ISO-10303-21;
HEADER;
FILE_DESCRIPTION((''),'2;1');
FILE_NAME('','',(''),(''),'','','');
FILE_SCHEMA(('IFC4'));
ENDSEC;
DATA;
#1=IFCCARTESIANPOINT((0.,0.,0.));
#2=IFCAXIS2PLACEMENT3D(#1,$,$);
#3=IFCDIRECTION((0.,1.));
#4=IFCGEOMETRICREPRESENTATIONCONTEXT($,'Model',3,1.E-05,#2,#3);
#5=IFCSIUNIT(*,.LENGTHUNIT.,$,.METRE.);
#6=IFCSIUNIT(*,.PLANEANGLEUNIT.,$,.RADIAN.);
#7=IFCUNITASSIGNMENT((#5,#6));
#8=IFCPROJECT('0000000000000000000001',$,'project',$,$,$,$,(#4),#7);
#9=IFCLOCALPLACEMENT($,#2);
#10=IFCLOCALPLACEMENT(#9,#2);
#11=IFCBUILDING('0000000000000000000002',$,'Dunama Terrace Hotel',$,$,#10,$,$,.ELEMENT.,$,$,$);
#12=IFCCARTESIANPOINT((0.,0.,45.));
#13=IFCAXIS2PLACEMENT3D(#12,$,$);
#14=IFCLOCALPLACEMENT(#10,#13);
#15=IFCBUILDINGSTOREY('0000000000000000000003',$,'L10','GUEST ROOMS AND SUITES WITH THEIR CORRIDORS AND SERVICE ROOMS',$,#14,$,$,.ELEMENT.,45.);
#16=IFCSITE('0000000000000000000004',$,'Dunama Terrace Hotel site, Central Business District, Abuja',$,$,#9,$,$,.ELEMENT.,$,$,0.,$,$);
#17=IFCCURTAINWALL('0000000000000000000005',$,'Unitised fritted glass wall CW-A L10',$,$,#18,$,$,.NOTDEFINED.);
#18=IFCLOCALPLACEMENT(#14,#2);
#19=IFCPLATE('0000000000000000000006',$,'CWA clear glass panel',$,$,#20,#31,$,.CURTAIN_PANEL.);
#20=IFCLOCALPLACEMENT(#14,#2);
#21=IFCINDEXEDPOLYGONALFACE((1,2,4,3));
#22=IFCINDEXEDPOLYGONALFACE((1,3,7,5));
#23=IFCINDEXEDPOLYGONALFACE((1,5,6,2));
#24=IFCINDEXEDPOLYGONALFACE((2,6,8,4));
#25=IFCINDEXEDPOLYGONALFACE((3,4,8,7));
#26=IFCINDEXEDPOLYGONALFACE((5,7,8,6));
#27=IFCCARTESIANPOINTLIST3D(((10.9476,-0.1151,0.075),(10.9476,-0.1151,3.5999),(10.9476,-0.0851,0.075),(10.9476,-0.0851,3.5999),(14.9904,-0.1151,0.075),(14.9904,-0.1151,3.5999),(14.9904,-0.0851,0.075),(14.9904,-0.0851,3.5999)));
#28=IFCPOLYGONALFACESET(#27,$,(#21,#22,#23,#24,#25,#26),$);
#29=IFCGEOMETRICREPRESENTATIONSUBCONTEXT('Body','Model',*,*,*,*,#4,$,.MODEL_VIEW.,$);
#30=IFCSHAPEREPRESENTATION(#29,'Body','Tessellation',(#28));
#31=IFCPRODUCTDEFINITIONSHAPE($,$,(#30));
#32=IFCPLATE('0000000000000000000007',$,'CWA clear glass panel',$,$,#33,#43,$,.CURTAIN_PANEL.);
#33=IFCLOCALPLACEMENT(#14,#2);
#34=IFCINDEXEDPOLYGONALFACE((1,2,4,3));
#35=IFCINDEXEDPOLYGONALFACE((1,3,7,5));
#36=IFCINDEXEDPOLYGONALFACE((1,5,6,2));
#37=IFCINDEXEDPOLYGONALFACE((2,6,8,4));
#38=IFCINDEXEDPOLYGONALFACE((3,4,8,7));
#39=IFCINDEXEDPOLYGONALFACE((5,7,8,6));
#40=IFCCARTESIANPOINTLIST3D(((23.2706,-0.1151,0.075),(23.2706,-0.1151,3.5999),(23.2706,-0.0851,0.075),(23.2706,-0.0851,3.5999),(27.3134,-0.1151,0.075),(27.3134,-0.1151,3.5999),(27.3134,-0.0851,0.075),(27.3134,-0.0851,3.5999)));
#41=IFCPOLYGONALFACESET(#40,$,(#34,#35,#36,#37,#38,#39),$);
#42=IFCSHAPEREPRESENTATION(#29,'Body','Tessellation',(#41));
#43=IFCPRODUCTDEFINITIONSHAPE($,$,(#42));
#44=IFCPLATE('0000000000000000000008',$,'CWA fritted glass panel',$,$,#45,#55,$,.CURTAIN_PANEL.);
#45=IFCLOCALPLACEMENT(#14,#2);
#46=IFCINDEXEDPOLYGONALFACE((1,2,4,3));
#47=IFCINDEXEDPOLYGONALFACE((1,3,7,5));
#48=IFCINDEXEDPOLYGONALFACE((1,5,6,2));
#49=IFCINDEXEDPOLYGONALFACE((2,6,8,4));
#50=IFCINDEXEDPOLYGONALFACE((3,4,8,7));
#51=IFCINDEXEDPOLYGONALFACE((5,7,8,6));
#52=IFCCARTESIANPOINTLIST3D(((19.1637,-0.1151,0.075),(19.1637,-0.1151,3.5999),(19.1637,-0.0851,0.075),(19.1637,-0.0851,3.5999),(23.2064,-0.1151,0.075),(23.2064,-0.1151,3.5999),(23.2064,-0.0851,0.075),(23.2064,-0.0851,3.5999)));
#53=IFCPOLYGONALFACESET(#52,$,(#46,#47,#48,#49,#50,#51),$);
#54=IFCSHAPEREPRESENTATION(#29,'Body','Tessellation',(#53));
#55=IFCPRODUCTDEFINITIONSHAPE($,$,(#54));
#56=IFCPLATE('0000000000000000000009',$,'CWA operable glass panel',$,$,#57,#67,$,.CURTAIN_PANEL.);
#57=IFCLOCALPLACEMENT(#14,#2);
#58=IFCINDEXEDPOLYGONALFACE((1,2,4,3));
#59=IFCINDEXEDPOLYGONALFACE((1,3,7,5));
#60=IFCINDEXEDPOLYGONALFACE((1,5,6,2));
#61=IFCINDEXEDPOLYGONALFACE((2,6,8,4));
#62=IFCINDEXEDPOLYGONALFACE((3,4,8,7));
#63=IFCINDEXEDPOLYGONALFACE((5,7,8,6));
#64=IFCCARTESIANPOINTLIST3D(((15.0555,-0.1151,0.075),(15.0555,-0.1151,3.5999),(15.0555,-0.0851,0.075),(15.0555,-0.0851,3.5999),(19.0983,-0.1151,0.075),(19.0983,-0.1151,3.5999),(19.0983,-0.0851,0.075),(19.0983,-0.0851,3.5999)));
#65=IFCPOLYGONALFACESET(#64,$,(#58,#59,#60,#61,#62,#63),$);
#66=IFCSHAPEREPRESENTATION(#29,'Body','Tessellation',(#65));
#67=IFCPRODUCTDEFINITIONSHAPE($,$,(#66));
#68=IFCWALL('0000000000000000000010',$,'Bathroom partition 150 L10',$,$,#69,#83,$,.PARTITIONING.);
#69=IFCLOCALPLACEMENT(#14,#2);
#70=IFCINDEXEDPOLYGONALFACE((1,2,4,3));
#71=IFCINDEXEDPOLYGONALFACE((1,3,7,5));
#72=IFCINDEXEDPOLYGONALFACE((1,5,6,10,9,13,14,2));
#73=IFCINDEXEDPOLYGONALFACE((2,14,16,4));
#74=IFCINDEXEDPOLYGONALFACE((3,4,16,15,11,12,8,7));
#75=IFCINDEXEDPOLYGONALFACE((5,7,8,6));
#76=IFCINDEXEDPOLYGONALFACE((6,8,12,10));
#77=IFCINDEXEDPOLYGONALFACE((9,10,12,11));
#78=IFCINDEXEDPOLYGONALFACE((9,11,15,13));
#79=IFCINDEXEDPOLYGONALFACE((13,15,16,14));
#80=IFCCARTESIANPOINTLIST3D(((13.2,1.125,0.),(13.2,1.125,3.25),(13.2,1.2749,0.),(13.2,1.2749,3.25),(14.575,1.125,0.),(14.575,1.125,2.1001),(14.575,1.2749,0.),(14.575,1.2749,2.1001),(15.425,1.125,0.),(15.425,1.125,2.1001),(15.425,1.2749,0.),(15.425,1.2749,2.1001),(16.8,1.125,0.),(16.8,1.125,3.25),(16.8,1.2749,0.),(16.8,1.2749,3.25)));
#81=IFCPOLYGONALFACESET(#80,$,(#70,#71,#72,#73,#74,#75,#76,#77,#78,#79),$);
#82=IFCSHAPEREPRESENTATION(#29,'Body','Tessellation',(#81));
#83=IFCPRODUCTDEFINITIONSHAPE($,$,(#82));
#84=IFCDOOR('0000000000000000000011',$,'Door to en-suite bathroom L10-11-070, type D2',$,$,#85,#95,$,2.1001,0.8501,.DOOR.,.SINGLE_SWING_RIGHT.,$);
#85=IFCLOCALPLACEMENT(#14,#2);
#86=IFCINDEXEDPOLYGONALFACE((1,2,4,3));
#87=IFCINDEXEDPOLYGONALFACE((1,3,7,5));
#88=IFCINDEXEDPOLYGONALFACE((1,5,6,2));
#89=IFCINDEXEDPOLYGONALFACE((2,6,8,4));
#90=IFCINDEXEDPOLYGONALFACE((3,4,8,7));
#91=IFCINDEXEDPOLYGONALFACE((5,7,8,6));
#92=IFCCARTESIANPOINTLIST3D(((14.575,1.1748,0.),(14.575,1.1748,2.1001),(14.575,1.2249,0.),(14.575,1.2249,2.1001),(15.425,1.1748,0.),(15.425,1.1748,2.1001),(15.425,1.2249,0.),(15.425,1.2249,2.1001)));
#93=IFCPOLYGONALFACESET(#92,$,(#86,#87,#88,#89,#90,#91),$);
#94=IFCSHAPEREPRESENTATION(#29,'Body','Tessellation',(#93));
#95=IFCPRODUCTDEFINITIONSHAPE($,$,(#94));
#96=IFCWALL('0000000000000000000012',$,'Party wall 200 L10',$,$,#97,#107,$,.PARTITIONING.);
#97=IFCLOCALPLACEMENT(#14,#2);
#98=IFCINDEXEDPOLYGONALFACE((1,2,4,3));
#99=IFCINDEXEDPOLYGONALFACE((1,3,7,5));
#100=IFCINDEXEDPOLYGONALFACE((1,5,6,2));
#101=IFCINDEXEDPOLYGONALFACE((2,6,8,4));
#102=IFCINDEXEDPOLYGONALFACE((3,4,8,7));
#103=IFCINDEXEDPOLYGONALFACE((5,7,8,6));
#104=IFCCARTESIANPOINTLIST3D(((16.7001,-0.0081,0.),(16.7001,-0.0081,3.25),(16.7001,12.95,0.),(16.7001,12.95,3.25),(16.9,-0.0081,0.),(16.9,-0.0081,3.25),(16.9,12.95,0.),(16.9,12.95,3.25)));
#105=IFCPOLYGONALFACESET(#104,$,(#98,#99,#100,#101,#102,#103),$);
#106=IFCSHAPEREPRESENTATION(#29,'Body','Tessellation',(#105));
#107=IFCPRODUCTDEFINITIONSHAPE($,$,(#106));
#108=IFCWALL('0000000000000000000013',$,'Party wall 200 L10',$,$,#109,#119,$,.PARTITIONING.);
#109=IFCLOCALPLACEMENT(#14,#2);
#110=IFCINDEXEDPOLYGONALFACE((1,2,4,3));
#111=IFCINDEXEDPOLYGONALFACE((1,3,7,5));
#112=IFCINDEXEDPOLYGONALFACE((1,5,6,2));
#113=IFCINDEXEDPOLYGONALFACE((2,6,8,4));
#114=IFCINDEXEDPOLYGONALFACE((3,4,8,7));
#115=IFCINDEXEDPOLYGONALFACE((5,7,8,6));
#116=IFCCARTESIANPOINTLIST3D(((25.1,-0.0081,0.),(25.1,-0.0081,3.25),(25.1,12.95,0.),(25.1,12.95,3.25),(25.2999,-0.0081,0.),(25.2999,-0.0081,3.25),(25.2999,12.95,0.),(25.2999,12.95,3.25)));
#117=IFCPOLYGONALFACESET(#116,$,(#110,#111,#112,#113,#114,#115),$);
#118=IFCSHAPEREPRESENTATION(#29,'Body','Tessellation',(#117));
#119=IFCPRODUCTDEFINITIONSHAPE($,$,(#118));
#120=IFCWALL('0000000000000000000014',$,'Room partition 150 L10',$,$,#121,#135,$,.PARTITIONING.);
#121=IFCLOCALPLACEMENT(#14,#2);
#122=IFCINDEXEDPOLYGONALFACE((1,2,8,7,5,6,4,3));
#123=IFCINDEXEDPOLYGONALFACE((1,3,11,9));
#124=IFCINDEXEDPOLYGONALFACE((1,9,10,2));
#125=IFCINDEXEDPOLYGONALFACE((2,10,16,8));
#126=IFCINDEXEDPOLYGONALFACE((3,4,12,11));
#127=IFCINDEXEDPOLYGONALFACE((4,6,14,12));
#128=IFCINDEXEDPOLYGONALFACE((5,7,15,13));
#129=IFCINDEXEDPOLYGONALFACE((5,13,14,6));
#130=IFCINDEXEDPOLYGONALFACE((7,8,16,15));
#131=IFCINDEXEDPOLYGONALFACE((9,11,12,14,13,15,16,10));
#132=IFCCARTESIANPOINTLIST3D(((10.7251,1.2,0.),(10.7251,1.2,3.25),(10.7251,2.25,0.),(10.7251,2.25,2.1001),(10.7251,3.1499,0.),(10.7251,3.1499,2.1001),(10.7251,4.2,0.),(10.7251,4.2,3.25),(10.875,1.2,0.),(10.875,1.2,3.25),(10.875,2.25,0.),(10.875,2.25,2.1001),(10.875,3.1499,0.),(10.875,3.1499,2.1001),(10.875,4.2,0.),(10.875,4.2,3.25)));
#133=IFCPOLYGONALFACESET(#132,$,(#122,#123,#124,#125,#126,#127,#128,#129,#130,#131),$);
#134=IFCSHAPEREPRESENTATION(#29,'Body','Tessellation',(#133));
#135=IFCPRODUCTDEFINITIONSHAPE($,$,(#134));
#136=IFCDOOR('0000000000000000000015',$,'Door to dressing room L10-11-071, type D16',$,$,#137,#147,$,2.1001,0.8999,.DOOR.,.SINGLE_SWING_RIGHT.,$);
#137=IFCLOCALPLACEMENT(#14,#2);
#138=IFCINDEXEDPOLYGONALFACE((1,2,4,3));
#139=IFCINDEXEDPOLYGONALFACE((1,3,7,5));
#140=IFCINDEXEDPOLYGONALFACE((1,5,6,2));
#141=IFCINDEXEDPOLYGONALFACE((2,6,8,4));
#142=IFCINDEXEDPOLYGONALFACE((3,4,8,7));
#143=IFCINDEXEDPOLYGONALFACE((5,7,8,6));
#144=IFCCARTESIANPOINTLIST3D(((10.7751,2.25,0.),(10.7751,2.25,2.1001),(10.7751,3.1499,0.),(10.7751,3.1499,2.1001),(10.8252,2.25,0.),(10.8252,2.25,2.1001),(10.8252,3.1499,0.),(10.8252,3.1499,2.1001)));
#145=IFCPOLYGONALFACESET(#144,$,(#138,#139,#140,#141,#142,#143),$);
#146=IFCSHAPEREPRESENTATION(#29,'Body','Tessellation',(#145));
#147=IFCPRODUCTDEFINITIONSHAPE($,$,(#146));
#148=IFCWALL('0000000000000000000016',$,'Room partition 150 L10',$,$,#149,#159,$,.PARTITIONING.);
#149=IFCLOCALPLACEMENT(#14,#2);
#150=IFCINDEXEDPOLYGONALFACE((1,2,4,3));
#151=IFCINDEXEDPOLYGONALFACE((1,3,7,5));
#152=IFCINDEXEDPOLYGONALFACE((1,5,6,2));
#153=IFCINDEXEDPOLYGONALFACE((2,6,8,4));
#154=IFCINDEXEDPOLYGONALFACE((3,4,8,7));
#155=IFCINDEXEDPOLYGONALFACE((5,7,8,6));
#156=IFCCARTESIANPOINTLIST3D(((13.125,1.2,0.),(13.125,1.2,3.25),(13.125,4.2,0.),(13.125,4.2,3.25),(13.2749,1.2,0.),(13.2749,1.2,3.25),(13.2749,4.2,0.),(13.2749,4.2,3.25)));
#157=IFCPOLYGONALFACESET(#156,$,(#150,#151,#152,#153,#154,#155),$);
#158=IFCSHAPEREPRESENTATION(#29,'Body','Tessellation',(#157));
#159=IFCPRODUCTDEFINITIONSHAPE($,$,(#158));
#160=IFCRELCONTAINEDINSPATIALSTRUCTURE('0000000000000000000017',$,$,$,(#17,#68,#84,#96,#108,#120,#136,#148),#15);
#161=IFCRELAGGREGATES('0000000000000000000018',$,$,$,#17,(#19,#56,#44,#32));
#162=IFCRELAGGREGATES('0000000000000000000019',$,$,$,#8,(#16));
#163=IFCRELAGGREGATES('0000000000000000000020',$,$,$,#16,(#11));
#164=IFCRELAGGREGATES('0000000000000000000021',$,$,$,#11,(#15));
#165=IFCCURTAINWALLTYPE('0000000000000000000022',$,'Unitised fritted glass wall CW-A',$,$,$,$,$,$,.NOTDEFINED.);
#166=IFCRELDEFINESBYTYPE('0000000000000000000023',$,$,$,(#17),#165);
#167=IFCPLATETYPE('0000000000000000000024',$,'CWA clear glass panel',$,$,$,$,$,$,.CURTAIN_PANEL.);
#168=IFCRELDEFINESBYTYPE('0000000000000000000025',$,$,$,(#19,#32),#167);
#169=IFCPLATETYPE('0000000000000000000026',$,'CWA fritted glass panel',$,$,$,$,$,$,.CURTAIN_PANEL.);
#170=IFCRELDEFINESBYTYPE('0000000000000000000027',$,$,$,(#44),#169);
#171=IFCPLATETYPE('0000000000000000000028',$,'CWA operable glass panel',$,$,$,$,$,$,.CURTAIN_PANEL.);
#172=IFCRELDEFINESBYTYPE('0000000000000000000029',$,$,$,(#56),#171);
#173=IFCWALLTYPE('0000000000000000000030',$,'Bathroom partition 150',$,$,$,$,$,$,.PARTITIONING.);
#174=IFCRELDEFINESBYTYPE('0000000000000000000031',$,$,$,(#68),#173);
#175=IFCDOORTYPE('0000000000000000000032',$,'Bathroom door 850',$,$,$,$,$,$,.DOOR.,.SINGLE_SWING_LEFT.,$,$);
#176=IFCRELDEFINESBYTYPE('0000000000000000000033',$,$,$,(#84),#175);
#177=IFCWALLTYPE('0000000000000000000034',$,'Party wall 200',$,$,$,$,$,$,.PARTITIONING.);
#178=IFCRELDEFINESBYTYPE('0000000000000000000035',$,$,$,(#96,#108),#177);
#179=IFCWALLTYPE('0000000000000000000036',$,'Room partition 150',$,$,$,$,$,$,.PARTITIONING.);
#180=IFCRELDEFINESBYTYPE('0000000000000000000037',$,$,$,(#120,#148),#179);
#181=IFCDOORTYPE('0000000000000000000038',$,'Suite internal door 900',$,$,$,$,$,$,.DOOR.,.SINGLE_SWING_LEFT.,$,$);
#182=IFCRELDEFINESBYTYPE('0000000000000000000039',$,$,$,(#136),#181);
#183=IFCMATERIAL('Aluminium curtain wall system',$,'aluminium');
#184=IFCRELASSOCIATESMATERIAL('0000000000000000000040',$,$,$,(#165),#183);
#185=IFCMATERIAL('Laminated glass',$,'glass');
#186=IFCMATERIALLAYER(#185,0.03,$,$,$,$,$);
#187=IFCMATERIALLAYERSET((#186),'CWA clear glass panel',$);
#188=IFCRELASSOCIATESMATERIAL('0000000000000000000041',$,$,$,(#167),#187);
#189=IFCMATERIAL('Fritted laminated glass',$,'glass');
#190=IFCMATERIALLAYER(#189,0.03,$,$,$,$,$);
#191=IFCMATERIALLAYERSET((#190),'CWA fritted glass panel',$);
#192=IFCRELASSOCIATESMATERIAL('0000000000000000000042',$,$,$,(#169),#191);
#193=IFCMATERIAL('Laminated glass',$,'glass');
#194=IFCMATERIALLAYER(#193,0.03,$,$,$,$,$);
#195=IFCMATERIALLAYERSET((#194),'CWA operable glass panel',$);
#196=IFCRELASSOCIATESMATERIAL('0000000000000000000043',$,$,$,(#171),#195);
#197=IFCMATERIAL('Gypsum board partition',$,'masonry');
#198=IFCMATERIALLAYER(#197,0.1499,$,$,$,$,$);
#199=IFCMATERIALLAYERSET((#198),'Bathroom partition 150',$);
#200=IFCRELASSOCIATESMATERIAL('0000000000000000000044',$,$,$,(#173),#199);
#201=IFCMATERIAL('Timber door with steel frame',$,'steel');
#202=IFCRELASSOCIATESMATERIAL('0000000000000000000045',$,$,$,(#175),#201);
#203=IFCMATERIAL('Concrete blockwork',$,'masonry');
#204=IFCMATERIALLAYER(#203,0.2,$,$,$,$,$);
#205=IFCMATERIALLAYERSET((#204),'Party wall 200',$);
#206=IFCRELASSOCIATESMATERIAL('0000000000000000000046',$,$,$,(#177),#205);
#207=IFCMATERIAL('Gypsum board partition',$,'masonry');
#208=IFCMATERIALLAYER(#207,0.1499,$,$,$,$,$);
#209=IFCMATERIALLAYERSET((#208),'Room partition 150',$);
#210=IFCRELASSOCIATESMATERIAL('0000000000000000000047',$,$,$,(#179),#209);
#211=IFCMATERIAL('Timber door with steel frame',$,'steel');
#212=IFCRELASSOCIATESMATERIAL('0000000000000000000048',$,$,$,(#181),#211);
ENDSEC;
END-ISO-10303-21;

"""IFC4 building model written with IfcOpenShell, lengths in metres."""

from ifc_helpers import new_model, si_unit, direction, frame, frame_2d, origin, origin_2d, place, context, subcontext, project, spatial, rectangle, extrude, material, layer, layer_set, type_object, element, fill, aggregate, save


model = new_model("IFC4")

# Units and contexts
model_context = context("Model", 3, precision=1e-05, world=origin(), true_north=direction((0.0, 1.0)))
body_context = subcontext(model_context, "Body", "Model", "MODEL_VIEW")
ifc_project = project(units=[si_unit("LENGTHUNIT", "METRE"), si_unit("PLANEANGLEUNIT", "RADIAN")], contexts=[model_context])

# Site, building, storey
site_placement = place(None, origin())
site = spatial("IfcSite", under=ifc_project, at=site_placement, Name="Dunama Terrace Hotel site, Central Business District, Abuja", CompositionType="ELEMENT", RefElevation=0.0)
building_placement = place(site_placement, origin())
building = spatial("IfcBuilding", under=site, at=building_placement, Name="Dunama Terrace Hotel", CompositionType="ELEMENT")
storey_placement = place(building_placement, frame((0.0, 0.0, 45.0)))
storey = spatial("IfcBuildingStorey", under=building, at=storey_placement, Name="L10", Description="GUEST ROOMS AND SUITES WITH THEIR CORRIDORS AND SERVICE ROOMS", CompositionType="ELEMENT", Elevation=45.0)

# Curtain wall
ifc_material_1 = material(Name="Aluminium curtain wall system", Category="aluminium")
curtain_wall_type = type_object("IfcCurtainWallType", Name="Unitised fritted glass wall CW-A", PredefinedType="NOTDEFINED", material=ifc_material_1)
curtain_wall_placement = place(storey_placement, origin())
curtain_wall = element("IfcCurtainWall", 1, at=curtain_wall_placement, inside=storey, type_object=curtain_wall_type, Name="Unitised fritted glass wall CW-A L10", PredefinedType="NOTDEFINED")

# Plates
ifc_material_2 = material(Name="Laminated glass", Category="glass")
ifc_layer_1 = layer(ifc_material_2, 0.03)
ifc_layer_set_1 = layer_set([ifc_layer_1], Name="CWA clear glass panel")
plate_type_1 = type_object("IfcPlateType", Name="CWA clear glass panel", PredefinedType="CURTAIN_PANEL", material=ifc_layer_set_1)
plate_1_placement = place(storey_placement, frame((12.969, -0.1001, 0.075), z_axis=(0.0, 0.0, 1.0), x_axis=(1.0, 0.0, 0.0)))
plate_1 = element("IfcPlate", 2, at=plate_1_placement, type_object=plate_type_1, Name="CWA clear glass panel", PredefinedType="CURTAIN_PANEL", context=body_context, shape_type="SweptSolid", body=[
    extrude(rectangle(XDim=4.0427, YDim=0.03, at=origin_2d()), origin(), (0.0, 0.0, 1.0), 3.5249),
])
plate_2_placement = place(storey_placement, frame((25.292, -0.1001, 0.075), z_axis=(0.0, 0.0, 1.0), x_axis=(1.0, 0.0, 0.0)))
plate_2 = element("IfcPlate", 3, at=plate_2_placement, type_object=plate_type_1, Name="CWA clear glass panel", PredefinedType="CURTAIN_PANEL", context=body_context, shape_type="SweptSolid", body=[
    extrude(rectangle(XDim=4.0427, YDim=0.03, at=origin_2d()), origin(), (0.0, 0.0, 1.0), 3.5249),
])
ifc_material_3 = material(Name="Fritted laminated glass", Category="glass")
ifc_layer_2 = layer(ifc_material_3, 0.03)
ifc_layer_set_2 = layer_set([ifc_layer_2], Name="CWA fritted glass panel")
plate_type_2 = type_object("IfcPlateType", Name="CWA fritted glass panel", PredefinedType="CURTAIN_PANEL", material=ifc_layer_set_2)
plate_3_placement = place(storey_placement, frame((21.1851, -0.1001, 0.075), z_axis=(0.0, 0.0, 1.0), x_axis=(1.0, 0.0, 0.0)))
plate_3 = element("IfcPlate", 4, at=plate_3_placement, type_object=plate_type_2, Name="CWA fritted glass panel", PredefinedType="CURTAIN_PANEL", context=body_context, shape_type="SweptSolid", body=[
    extrude(rectangle(XDim=4.0427, YDim=0.03, at=origin_2d()), origin(), (0.0, 0.0, 1.0), 3.5249),
])
ifc_material_4 = material(Name="Laminated glass", Category="glass")
ifc_layer_3 = layer(ifc_material_4, 0.03)
ifc_layer_set_3 = layer_set([ifc_layer_3], Name="CWA operable glass panel")
plate_type_3 = type_object("IfcPlateType", Name="CWA operable glass panel", PredefinedType="CURTAIN_PANEL", material=ifc_layer_set_3)
plate_4_placement = place(storey_placement, frame((17.0769, -0.1001, 0.075), z_axis=(0.0, 0.0, 1.0), x_axis=(1.0, 0.0, 0.0)))
plate_4 = element("IfcPlate", 5, at=plate_4_placement, type_object=plate_type_3, Name="CWA operable glass panel", PredefinedType="CURTAIN_PANEL", context=body_context, shape_type="SweptSolid", body=[
    extrude(rectangle(XDim=4.0427, YDim=0.03, at=origin_2d()), origin(), (0.0, 0.0, 1.0), 3.5249),
])
aggregate(curtain_wall, [plate_1, plate_4, plate_3, plate_2])

# Wall, opening, door
ifc_material_5 = material(Name="Gypsum board partition", Category="masonry")
ifc_layer_4 = layer(ifc_material_5, 0.1499)
ifc_layer_set_4 = layer_set([ifc_layer_4], Name="Bathroom partition 150")
wall_type_1 = type_object("IfcWallType", Name="Bathroom partition 150", PredefinedType="PARTITIONING", material=ifc_layer_set_4)
wall_1_placement = place(storey_placement, frame((13.2, 1.2, 0.0), z_axis=(0.0, 0.0, 1.0), x_axis=(1.0, 0.0, 0.0)))
wall_1 = element("IfcWall", 6, at=wall_1_placement, inside=storey, type_object=wall_type_1, Name="Bathroom partition 150 L10", PredefinedType="PARTITIONING", context=body_context, shape_type="SweptSolid", body=[
    extrude(rectangle(XDim=3.6001, YDim=0.1499, at=frame_2d((1.8, 0.0))), origin(), (0.0, 0.0, 1.0), 3.25),
])
opening_1_placement = place(wall_1_placement, frame((1.375, 0.0, 0.0)))
opening_1 = element("IfcOpeningElement", 7, at=opening_1_placement, cuts=wall_1, PredefinedType="OPENING", context=body_context, shape_type="SweptSolid", body=[
    extrude(rectangle(XDim=0.8501, YDim=2.1001, at=frame_2d((0.425, 1.05))), frame((0.0, 0.085, 0.0), z_axis=(0.0, -1.0, 0.0), x_axis=(1.0, 0.0, 0.0)), (0.0, 0.0, 1.0), 0.1699),
])
ifc_material_6 = material(Name="Timber door with steel frame", Category="steel")
door_type_1 = type_object("IfcDoorType", Name="Bathroom door 850", OperationType="SINGLE_SWING_LEFT", PredefinedType="DOOR", material=ifc_material_6)
door_1_placement = place(opening_1_placement, origin())
door_1 = element("IfcDoor", 8, at=door_1_placement, inside=storey, type_object=door_type_1, Name="Door to en-suite bathroom L10-11-070, type D2", OperationType="SINGLE_SWING_RIGHT", OverallHeight=2.1001, OverallWidth=0.8501, PredefinedType="DOOR", context=body_context, shape_type="SweptSolid", body=[
    extrude(rectangle(XDim=0.8501, YDim=2.1001, at=frame_2d((0.425, 1.05))), frame((0.0, 0.0249, 0.0), z_axis=(0.0, -1.0, 0.0), x_axis=(1.0, 0.0, 0.0)), (0.0, 0.0, 1.0), 0.05),
])
fill(opening_1, door_1)

# Walls
ifc_material_7 = material(Name="Concrete blockwork", Category="masonry")
ifc_layer_5 = layer(ifc_material_7, 0.2)
ifc_layer_set_5 = layer_set([ifc_layer_5], Name="Party wall 200")
wall_type_2 = type_object("IfcWallType", Name="Party wall 200", PredefinedType="PARTITIONING", material=ifc_layer_set_5)
for number, where, z_axis, x_axis, name in (
    (9, (16.8, -0.0081, 0.0), (0.0, 0.0, 1.0), (0.0, 1.0, 0.0), "Party wall 200 L10"),
    (10, (25.2, -0.0081, 0.0), (0.0, 0.0, 1.0), (0.0, 1.0, 0.0), "Party wall 200 L10"),
):
    element("IfcWall", number, at=place(storey_placement, frame(where, z_axis=z_axis, x_axis=x_axis)), inside=storey, type_object=wall_type_2, Name=name, PredefinedType="PARTITIONING", context=body_context, shape_type="SweptSolid", body=[
        extrude(rectangle(XDim=12.958, YDim=0.2, at=frame_2d((6.479, 0.0))), origin(), (0.0, 0.0, 1.0), 3.25),
    ])

# Wall, opening, door
ifc_material_8 = material(Name="Gypsum board partition", Category="masonry")
ifc_layer_6 = layer(ifc_material_8, 0.1499)
ifc_layer_set_6 = layer_set([ifc_layer_6], Name="Room partition 150")
wall_type_3 = type_object("IfcWallType", Name="Room partition 150", PredefinedType="PARTITIONING", material=ifc_layer_set_6)
wall_2_placement = place(storey_placement, frame((10.8, 1.2, 0.0), z_axis=(0.0, 0.0, 1.0), x_axis=(0.0, 1.0, 0.0)))
wall_2 = element("IfcWall", 11, at=wall_2_placement, inside=storey, type_object=wall_type_3, Name="Room partition 150 L10", PredefinedType="PARTITIONING", context=body_context, shape_type="SweptSolid", body=[
    extrude(rectangle(XDim=3.0, YDim=0.1499, at=frame_2d((1.5, 0.0))), origin(), (0.0, 0.0, 1.0), 3.25),
])
opening_2_placement = place(wall_2_placement, frame((1.05, 0.0, 0.0)))
opening_2 = element("IfcOpeningElement", 12, at=opening_2_placement, cuts=wall_2, PredefinedType="OPENING", context=body_context, shape_type="SweptSolid", body=[
    extrude(rectangle(XDim=0.8999, YDim=2.1001, at=frame_2d((0.45, 1.05))), frame((0.0, 0.085, 0.0), z_axis=(0.0, -1.0, 0.0), x_axis=(1.0, 0.0, 0.0)), (0.0, 0.0, 1.0), 0.1699),
])
ifc_material_9 = material(Name="Timber door with steel frame", Category="steel")
door_type_2 = type_object("IfcDoorType", Name="Suite internal door 900", OperationType="SINGLE_SWING_LEFT", PredefinedType="DOOR", material=ifc_material_9)
door_2_placement = place(opening_2_placement, frame((0.8999, 0.0, 0.0), z_axis=(0.0, 0.0, 1.0), x_axis=(-1.0, 0.0, 0.0)))
door_2 = element("IfcDoor", 13, at=door_2_placement, inside=storey, type_object=door_type_2, Name="Door to dressing room L10-11-071, type D16", OperationType="SINGLE_SWING_RIGHT", OverallHeight=2.1001, OverallWidth=0.8999, PredefinedType="DOOR", context=body_context, shape_type="SweptSolid", body=[
    extrude(rectangle(XDim=0.8999, YDim=2.1001, at=frame_2d((0.45, 1.05))), frame((0.0, 0.0251, 0.0), z_axis=(0.0, -1.0, 0.0), x_axis=(1.0, 0.0, 0.0)), (0.0, 0.0, 1.0), 0.05),
])
fill(opening_2, door_2)

# Wall
wall_3_placement = place(storey_placement, frame((13.2, 1.2, 0.0), z_axis=(0.0, 0.0, 1.0), x_axis=(0.0, 1.0, 0.0)))
element("IfcWall", 14, at=wall_3_placement, inside=storey, type_object=wall_type_3, Name="Room partition 150 L10", PredefinedType="PARTITIONING", context=body_context, shape_type="SweptSolid", body=[
    extrude(rectangle(XDim=3.0, YDim=0.1499, at=frame_2d((1.5, 0.0))), origin(), (0.0, 0.0, 1.0), 3.25),
])

save(model, "model.ifc")
